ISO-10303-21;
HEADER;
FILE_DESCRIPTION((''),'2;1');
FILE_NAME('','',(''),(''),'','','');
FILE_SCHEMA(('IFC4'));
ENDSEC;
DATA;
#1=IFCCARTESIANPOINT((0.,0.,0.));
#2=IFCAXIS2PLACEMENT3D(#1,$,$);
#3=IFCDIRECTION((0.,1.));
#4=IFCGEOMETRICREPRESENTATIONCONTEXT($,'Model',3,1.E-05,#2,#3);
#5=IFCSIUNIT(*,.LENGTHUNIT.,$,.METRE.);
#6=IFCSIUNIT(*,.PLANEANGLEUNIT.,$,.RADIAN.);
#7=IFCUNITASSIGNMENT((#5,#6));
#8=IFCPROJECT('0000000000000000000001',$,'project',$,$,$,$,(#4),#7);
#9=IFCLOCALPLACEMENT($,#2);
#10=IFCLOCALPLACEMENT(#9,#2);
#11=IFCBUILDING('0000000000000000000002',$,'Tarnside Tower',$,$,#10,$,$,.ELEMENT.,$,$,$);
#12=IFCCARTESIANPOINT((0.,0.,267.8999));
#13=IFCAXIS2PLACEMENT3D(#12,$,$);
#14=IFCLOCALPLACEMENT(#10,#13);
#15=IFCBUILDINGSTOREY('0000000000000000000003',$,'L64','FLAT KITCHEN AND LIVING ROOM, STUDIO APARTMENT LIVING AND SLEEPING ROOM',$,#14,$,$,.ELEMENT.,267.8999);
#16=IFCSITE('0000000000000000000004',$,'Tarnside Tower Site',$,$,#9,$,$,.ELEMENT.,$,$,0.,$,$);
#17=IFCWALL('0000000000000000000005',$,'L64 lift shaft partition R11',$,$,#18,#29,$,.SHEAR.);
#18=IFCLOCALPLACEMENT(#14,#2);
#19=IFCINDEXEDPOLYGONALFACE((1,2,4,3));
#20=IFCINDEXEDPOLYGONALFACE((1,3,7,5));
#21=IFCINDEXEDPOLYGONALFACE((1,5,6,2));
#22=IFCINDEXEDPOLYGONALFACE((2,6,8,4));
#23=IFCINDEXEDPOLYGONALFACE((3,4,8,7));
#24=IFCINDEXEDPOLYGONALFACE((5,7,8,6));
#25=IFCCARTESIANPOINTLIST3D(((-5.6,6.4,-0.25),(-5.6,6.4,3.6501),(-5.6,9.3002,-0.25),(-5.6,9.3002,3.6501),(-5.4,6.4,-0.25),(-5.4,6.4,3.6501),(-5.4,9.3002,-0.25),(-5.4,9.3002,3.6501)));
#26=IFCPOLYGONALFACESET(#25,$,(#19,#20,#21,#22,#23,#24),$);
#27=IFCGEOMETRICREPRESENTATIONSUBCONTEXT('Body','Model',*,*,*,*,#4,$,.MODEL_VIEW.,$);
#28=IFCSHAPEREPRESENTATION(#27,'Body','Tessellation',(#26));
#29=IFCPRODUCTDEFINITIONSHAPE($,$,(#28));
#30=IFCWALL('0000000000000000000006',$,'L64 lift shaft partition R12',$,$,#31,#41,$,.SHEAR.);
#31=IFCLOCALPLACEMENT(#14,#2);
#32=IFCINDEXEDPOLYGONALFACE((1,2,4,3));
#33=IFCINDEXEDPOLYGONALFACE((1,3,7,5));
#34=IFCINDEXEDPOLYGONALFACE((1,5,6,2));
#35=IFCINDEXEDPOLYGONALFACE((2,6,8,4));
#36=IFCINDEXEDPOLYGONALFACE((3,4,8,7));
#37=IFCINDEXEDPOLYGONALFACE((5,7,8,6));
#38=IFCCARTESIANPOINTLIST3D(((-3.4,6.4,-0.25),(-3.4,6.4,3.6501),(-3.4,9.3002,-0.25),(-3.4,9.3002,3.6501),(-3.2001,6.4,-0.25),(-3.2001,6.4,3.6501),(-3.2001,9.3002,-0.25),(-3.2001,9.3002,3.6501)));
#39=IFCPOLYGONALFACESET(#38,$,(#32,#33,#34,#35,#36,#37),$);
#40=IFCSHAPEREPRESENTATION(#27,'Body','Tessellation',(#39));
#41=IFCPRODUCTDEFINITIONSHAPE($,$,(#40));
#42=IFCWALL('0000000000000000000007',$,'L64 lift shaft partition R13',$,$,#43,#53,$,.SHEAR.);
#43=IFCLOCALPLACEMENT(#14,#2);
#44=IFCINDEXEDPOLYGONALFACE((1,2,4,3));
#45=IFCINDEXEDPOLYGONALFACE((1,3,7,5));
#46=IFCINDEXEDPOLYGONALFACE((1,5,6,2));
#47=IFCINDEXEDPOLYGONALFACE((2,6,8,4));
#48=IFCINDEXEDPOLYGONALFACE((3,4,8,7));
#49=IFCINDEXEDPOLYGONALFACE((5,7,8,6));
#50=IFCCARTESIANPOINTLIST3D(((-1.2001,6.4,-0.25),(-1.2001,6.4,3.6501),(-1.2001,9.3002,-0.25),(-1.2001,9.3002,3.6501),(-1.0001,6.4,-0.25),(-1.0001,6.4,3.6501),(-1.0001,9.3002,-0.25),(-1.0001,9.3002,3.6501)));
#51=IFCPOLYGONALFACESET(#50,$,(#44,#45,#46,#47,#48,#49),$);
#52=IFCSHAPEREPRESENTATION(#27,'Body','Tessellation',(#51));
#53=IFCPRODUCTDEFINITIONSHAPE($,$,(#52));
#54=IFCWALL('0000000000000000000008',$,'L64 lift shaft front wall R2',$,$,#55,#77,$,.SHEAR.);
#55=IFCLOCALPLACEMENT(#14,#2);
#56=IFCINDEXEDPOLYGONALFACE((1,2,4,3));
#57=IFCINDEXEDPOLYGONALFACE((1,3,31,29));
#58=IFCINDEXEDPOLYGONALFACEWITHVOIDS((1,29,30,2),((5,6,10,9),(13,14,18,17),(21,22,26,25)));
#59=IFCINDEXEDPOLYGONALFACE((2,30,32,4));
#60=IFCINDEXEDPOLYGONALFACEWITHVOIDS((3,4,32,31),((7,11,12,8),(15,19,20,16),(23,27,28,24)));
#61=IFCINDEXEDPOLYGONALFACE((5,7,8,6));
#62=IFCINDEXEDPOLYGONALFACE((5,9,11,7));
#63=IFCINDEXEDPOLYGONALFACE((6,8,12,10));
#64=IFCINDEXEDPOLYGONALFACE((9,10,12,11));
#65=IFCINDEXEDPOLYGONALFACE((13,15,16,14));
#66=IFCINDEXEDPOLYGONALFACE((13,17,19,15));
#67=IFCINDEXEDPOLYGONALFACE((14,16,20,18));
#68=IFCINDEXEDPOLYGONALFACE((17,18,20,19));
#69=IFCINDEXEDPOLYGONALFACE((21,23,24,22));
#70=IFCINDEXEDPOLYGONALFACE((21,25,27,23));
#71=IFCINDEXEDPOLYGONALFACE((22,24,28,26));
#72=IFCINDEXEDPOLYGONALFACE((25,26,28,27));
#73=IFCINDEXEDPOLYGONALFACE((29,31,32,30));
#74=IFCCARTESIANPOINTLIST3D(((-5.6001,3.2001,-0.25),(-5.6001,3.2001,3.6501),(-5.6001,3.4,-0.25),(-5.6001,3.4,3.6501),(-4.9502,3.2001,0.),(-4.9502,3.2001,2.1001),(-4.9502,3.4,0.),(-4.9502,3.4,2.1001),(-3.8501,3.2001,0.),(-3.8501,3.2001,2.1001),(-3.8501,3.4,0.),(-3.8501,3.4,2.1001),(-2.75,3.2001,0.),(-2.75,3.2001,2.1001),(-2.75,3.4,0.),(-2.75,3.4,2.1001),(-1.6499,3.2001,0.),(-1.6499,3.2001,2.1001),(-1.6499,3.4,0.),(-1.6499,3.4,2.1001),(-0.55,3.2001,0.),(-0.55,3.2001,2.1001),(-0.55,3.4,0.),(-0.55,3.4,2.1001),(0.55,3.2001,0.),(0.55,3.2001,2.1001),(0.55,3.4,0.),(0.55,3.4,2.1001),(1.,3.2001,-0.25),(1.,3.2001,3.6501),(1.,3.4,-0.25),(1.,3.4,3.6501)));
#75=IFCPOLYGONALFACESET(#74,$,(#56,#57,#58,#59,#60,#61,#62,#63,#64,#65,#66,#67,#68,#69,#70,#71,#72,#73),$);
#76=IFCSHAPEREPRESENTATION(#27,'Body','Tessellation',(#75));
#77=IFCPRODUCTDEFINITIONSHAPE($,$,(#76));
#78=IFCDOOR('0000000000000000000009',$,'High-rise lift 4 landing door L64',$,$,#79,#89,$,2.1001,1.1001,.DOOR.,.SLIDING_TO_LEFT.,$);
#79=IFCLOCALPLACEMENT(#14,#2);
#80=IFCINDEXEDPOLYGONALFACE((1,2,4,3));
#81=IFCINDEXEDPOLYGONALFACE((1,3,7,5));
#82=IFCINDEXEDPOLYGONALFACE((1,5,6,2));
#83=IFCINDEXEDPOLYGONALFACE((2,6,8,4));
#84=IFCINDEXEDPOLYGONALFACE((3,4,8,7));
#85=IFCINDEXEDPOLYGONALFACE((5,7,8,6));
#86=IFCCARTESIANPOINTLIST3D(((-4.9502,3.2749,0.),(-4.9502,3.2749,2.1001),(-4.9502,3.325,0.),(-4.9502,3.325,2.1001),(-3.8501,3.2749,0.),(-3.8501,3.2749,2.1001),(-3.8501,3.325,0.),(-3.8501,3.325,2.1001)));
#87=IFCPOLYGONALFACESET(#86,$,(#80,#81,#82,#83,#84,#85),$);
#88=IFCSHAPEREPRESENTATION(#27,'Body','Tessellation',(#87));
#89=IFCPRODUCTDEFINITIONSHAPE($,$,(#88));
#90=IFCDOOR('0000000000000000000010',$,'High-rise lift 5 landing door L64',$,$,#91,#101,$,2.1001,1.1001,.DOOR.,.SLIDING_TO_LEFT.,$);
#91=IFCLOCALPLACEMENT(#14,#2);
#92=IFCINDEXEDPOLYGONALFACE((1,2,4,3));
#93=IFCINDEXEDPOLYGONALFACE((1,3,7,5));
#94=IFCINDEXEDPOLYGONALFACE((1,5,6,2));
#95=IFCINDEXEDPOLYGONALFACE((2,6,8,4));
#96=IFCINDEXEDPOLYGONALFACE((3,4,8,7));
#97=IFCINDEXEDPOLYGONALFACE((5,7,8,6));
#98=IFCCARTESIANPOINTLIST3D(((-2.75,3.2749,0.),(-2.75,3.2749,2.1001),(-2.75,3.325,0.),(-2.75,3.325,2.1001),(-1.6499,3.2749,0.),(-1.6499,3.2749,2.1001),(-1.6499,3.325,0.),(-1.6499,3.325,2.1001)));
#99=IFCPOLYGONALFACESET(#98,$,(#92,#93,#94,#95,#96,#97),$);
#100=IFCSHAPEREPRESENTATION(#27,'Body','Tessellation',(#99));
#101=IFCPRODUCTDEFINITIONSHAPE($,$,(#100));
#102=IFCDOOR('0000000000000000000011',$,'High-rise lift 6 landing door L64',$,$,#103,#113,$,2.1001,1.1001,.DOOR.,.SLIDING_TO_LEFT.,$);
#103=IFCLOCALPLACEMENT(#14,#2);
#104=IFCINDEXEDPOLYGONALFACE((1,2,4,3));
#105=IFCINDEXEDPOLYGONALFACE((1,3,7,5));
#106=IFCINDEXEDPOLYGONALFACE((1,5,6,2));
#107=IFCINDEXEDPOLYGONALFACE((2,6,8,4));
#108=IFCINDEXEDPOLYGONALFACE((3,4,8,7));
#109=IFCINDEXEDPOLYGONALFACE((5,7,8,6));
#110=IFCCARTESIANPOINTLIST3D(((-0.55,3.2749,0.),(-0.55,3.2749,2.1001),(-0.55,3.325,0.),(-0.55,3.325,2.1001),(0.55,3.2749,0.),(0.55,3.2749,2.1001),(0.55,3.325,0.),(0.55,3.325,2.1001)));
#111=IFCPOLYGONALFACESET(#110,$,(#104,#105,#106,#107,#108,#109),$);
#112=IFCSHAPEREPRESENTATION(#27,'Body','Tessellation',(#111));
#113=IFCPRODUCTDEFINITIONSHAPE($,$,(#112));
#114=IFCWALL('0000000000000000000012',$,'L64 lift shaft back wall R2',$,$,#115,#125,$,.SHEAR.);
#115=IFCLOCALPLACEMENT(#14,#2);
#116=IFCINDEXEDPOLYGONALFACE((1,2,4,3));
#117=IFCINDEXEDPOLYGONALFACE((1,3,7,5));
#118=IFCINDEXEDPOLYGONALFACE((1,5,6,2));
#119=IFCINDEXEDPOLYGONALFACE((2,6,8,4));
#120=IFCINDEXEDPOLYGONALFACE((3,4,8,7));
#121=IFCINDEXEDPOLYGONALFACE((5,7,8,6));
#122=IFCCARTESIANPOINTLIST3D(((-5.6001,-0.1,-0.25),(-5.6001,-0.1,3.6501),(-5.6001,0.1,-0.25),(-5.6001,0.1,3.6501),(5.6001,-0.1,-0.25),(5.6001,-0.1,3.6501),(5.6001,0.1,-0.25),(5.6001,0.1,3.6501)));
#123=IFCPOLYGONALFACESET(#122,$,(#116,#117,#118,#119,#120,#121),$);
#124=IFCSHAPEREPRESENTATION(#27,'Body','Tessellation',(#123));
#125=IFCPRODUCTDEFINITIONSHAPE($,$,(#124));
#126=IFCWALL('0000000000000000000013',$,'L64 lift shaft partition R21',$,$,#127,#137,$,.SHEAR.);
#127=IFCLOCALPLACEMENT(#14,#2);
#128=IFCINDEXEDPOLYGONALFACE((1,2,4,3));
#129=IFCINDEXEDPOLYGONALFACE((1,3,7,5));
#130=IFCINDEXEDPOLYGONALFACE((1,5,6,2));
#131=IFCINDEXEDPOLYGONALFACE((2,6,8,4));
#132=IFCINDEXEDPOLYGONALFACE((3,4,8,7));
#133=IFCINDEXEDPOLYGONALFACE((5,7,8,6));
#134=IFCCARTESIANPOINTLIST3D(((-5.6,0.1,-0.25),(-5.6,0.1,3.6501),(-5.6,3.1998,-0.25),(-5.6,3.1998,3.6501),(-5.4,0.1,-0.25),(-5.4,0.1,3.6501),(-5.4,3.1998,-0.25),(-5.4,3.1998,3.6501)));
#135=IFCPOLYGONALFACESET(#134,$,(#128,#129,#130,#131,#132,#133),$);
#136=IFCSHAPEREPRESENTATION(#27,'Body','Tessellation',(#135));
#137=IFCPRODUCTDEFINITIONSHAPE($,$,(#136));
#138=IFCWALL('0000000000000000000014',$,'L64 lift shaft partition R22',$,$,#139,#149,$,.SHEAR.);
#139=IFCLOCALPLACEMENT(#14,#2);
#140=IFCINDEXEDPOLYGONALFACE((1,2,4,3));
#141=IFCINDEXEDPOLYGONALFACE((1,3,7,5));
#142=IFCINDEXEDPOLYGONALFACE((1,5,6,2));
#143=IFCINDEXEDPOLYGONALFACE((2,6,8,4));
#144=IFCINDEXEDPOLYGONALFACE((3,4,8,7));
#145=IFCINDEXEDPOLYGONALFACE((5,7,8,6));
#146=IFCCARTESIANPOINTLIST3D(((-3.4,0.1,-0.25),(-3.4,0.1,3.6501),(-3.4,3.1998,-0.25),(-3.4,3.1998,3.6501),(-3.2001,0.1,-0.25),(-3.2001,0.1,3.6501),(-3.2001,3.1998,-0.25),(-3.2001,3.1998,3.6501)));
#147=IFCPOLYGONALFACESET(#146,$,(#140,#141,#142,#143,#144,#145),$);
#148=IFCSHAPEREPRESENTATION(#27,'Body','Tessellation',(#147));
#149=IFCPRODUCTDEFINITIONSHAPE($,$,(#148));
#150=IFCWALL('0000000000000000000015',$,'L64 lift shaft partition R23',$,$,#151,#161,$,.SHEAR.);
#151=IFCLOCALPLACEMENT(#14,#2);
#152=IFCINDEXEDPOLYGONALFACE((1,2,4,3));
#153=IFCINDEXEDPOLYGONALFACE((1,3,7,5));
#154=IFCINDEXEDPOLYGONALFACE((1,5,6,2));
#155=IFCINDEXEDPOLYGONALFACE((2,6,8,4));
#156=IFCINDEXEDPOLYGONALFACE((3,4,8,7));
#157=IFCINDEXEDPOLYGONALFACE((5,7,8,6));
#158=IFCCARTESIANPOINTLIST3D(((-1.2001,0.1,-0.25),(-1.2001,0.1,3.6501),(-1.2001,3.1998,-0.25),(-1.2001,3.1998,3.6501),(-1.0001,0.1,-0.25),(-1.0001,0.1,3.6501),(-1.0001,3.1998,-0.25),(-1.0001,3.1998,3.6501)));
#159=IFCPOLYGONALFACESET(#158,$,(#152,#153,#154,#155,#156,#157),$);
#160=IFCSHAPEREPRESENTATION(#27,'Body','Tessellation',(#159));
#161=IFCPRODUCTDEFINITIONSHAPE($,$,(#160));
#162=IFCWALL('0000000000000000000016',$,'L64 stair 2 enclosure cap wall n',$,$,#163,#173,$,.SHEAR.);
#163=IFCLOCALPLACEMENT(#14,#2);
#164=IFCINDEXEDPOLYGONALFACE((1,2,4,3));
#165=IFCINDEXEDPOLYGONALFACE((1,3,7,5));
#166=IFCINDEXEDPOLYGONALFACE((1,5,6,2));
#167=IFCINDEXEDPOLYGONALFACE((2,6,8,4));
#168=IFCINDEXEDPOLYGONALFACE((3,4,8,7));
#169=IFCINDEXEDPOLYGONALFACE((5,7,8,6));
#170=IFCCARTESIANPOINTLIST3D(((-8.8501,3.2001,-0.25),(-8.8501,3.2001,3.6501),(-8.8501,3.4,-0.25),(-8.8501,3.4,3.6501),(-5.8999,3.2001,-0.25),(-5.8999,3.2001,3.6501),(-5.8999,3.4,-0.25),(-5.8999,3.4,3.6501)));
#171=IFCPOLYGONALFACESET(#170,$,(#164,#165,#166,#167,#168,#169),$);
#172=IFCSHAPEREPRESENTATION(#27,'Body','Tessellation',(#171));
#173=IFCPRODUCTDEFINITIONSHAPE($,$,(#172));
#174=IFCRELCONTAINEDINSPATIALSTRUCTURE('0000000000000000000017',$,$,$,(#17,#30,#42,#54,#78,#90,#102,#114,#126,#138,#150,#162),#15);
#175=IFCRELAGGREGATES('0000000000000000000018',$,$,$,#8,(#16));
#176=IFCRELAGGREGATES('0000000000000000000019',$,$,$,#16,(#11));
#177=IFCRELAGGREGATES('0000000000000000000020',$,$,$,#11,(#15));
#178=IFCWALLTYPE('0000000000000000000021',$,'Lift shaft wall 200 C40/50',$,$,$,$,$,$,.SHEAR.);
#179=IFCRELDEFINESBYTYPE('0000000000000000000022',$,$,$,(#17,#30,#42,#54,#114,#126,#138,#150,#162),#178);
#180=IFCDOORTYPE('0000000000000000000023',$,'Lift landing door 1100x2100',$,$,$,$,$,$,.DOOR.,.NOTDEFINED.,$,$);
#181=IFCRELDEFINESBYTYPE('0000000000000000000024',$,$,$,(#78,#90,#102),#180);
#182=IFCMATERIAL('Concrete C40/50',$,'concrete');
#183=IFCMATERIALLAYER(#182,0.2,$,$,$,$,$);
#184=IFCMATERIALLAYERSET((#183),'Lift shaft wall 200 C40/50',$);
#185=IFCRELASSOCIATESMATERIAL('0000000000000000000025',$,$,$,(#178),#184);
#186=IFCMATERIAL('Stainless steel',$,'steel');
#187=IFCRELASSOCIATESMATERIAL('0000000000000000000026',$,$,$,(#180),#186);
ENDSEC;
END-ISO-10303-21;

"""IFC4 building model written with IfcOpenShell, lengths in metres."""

from ifc_helpers import new_model, si_unit, direction, frame, frame_2d, origin, place, context, subcontext, project, spatial, rectangle, extrude, material, layer, layer_set, type_object, element, fill, save


model = new_model("IFC4")

# Units and contexts
model_context = context("Model", 3, precision=1e-05, world=origin(), true_north=direction((0.0, 1.0)))
body_context = subcontext(model_context, "Body", "Model", "MODEL_VIEW")
ifc_project = project(units=[si_unit("LENGTHUNIT", "METRE"), si_unit("PLANEANGLEUNIT", "RADIAN")], contexts=[model_context])

# Site, building, storey
site_placement = place(None, origin())
site = spatial("IfcSite", under=ifc_project, at=site_placement, Name="Tarnside Tower Site", CompositionType="ELEMENT", RefElevation=0.0)
building_placement = place(site_placement, origin())
building = spatial("IfcBuilding", under=site, at=building_placement, Name="Tarnside Tower", CompositionType="ELEMENT")
storey_placement = place(building_placement, frame((0.0, 0.0, 267.8999)))
storey = spatial("IfcBuildingStorey", under=building, at=storey_placement, Name="L64", Description="FLAT KITCHEN AND LIVING ROOM, STUDIO APARTMENT LIVING AND SLEEPING ROOM", CompositionType="ELEMENT", Elevation=267.8999)

# Shared definitions
ifc_material_1 = material(Name="Concrete C40/50", Category="concrete")

# Shared definitions
ifc_layer_1 = layer(ifc_material_1, 0.2)
ifc_layer_set_1 = layer_set([ifc_layer_1], Name="Lift shaft wall 200 C40/50")
wall_type_1 = type_object("IfcWallType", Name="Lift shaft wall 200 C40/50", PredefinedType="SHEAR", material=ifc_layer_set_1)
ifc_material_2 = material(Name="Stainless steel", Category="steel")
door_type_1 = type_object("IfcDoorType", Name="Lift landing door 1100x2100", OperationType="NOTDEFINED", PredefinedType="DOOR", material=ifc_material_2)

# Walls
for number, where, z_axis, x_axis, name in (
    (1, (-5.5, 6.3999, -0.25), (0.0, 0.0, 1.0), (0.0, 1.0, 0.0), "L64 lift shaft partition R11"),
    (2, (-3.3, 6.3999, -0.25), (0.0, 0.0, 1.0), (0.0, 1.0, 0.0), "L64 lift shaft partition R12"),
    (3, (-1.1001, 6.3999, -0.25), (0.0, 0.0, 1.0), (0.0, 1.0, 0.0), "L64 lift shaft partition R13"),
):
    element("IfcWall", number, at=place(storey_placement, frame(where, z_axis=z_axis, x_axis=x_axis)), inside=storey, type_object=wall_type_1, Name=name, PredefinedType="SHEAR", context=body_context, shape_type="SweptSolid", body=[
        extrude(rectangle(XDim=2.9001, YDim=0.2, at=frame_2d((1.4502, 0.0))), origin(), (0.0, 0.0, 1.0), 3.9001),
    ])

# Wall, openings, doors
wall_1_placement = place(storey_placement, frame((-5.6001, 3.3, -0.25), z_axis=(0.0, 0.0, 1.0), x_axis=(1.0, 0.0, 0.0)))
wall_1 = element("IfcWall", 4, at=wall_1_placement, inside=storey, type_object=wall_type_1, Name="L64 lift shaft front wall R2", PredefinedType="SHEAR", context=body_context, shape_type="SweptSolid", body=[
    extrude(rectangle(XDim=6.6001, YDim=0.2, at=frame_2d((3.3, 0.0))), origin(), (0.0, 0.0, 1.0), 3.9001),
])
opening_1_placement = place(wall_1_placement, frame((0.6499, 0.0, 0.25)))
opening_1 = element("IfcOpeningElement", 5, at=opening_1_placement, cuts=wall_1, PredefinedType="OPENING", context=body_context, shape_type="SweptSolid", body=[
    extrude(rectangle(XDim=1.1001, YDim=2.1001, at=frame_2d((0.55, 1.05))), frame((0.0, 0.1099, 0.0), z_axis=(0.0, -1.0, 0.0), x_axis=(1.0, 0.0, 0.0)), (0.0, 0.0, 1.0), 0.22),
])
opening_2_placement = place(wall_1_placement, frame((2.8501, 0.0, 0.25)))
opening_2 = element("IfcOpeningElement", 6, at=opening_2_placement, cuts=wall_1, PredefinedType="OPENING", context=body_context, shape_type="SweptSolid", body=[
    extrude(rectangle(XDim=1.1001, YDim=2.1001, at=frame_2d((0.55, 1.05))), frame((0.0, 0.1099, 0.0), z_axis=(0.0, -1.0, 0.0), x_axis=(1.0, 0.0, 0.0)), (0.0, 0.0, 1.0), 0.22),
])
opening_3_placement = place(wall_1_placement, frame((5.05, 0.0, 0.25)))
opening_3 = element("IfcOpeningElement", 7, at=opening_3_placement, cuts=wall_1, PredefinedType="OPENING", context=body_context, shape_type="SweptSolid", body=[
    extrude(rectangle(XDim=1.1001, YDim=2.1001, at=frame_2d((0.55, 1.05))), frame((0.0, 0.1099, 0.0), z_axis=(0.0, -1.0, 0.0), x_axis=(1.0, 0.0, 0.0)), (0.0, 0.0, 1.0), 0.22),
])
door_1_placement = place(opening_1_placement, origin())
door_1 = element("IfcDoor", 8, at=door_1_placement, inside=storey, type_object=door_type_1, Name="High-rise lift 4 landing door L64", OperationType="SLIDING_TO_LEFT", OverallHeight=2.1001, OverallWidth=1.1001, PredefinedType="DOOR", context=body_context, shape_type="SweptSolid", body=[
    extrude(rectangle(XDim=1.1001, YDim=2.1001, at=frame_2d((0.55, 1.05))), frame((0.0, 0.0249, 0.0), z_axis=(0.0, -1.0, 0.0), x_axis=(1.0, 0.0, 0.0)), (0.0, 0.0, 1.0), 0.05),
])
fill(opening_1, door_1)
door_2_placement = place(opening_2_placement, origin())
door_2 = element("IfcDoor", 9, at=door_2_placement, inside=storey, type_object=door_type_1, Name="High-rise lift 5 landing door L64", OperationType="SLIDING_TO_LEFT", OverallHeight=2.1001, OverallWidth=1.1001, PredefinedType="DOOR", context=body_context, shape_type="SweptSolid", body=[
    extrude(rectangle(XDim=1.1001, YDim=2.1001, at=frame_2d((0.55, 1.05))), frame((0.0, 0.0249, 0.0), z_axis=(0.0, -1.0, 0.0), x_axis=(1.0, 0.0, 0.0)), (0.0, 0.0, 1.0), 0.05),
])
fill(opening_2, door_2)
door_3_placement = place(opening_3_placement, origin())
door_3 = element("IfcDoor", 10, at=door_3_placement, inside=storey, type_object=door_type_1, Name="High-rise lift 6 landing door L64", OperationType="SLIDING_TO_LEFT", OverallHeight=2.1001, OverallWidth=1.1001, PredefinedType="DOOR", context=body_context, shape_type="SweptSolid", body=[
    extrude(rectangle(XDim=1.1001, YDim=2.1001, at=frame_2d((0.55, 1.05))), frame((0.0, 0.0249, 0.0), z_axis=(0.0, -1.0, 0.0), x_axis=(1.0, 0.0, 0.0)), (0.0, 0.0, 1.0), 0.05),
])
fill(opening_3, door_3)

# Walls
wall_2_placement = place(storey_placement, frame((-5.6001, 0.0, -0.25), z_axis=(0.0, 0.0, 1.0), x_axis=(1.0, 0.0, 0.0)))
element("IfcWall", 11, at=wall_2_placement, inside=storey, type_object=wall_type_1, Name="L64 lift shaft back wall R2", PredefinedType="SHEAR", context=body_context, shape_type="SweptSolid", body=[
    extrude(rectangle(XDim=11.2002, YDim=0.2, at=frame_2d((5.6001, 0.0))), origin(), (0.0, 0.0, 1.0), 3.9001),
])
for number, where, z_axis, x_axis, name in (
    (12, (-5.5, 0.1001, -0.25), (0.0, 0.0, 1.0), (0.0, 1.0, 0.0), "L64 lift shaft partition R21"),
    (13, (-3.3, 0.1001, -0.25), (0.0, 0.0, 1.0), (0.0, 1.0, 0.0), "L64 lift shaft partition R22"),
    (14, (-1.1001, 0.1001, -0.25), (0.0, 0.0, 1.0), (0.0, 1.0, 0.0), "L64 lift shaft partition R23"),
):
    element("IfcWall", number, at=place(storey_placement, frame(where, z_axis=z_axis, x_axis=x_axis)), inside=storey, type_object=wall_type_1, Name=name, PredefinedType="SHEAR", context=body_context, shape_type="SweptSolid", body=[
        extrude(rectangle(XDim=3.0999, YDim=0.2, at=frame_2d((1.5498, 0.0))), origin(), (0.0, 0.0, 1.0), 3.9001),
    ])
wall_3_placement = place(storey_placement, frame((-8.8501, 3.3, -0.25), z_axis=(0.0, 0.0, 1.0), x_axis=(1.0, 0.0, 0.0)))
element("IfcWall", 15, at=wall_3_placement, inside=storey, type_object=wall_type_1, Name="L64 stair 2 enclosure cap wall n", PredefinedType="SHEAR", context=body_context, shape_type="SweptSolid", body=[
    extrude(rectangle(XDim=2.9502, YDim=0.2, at=frame_2d((1.4751, 0.0))), origin(), (0.0, 0.0, 1.0), 3.9001),
])

save(model, "model.ifc")
